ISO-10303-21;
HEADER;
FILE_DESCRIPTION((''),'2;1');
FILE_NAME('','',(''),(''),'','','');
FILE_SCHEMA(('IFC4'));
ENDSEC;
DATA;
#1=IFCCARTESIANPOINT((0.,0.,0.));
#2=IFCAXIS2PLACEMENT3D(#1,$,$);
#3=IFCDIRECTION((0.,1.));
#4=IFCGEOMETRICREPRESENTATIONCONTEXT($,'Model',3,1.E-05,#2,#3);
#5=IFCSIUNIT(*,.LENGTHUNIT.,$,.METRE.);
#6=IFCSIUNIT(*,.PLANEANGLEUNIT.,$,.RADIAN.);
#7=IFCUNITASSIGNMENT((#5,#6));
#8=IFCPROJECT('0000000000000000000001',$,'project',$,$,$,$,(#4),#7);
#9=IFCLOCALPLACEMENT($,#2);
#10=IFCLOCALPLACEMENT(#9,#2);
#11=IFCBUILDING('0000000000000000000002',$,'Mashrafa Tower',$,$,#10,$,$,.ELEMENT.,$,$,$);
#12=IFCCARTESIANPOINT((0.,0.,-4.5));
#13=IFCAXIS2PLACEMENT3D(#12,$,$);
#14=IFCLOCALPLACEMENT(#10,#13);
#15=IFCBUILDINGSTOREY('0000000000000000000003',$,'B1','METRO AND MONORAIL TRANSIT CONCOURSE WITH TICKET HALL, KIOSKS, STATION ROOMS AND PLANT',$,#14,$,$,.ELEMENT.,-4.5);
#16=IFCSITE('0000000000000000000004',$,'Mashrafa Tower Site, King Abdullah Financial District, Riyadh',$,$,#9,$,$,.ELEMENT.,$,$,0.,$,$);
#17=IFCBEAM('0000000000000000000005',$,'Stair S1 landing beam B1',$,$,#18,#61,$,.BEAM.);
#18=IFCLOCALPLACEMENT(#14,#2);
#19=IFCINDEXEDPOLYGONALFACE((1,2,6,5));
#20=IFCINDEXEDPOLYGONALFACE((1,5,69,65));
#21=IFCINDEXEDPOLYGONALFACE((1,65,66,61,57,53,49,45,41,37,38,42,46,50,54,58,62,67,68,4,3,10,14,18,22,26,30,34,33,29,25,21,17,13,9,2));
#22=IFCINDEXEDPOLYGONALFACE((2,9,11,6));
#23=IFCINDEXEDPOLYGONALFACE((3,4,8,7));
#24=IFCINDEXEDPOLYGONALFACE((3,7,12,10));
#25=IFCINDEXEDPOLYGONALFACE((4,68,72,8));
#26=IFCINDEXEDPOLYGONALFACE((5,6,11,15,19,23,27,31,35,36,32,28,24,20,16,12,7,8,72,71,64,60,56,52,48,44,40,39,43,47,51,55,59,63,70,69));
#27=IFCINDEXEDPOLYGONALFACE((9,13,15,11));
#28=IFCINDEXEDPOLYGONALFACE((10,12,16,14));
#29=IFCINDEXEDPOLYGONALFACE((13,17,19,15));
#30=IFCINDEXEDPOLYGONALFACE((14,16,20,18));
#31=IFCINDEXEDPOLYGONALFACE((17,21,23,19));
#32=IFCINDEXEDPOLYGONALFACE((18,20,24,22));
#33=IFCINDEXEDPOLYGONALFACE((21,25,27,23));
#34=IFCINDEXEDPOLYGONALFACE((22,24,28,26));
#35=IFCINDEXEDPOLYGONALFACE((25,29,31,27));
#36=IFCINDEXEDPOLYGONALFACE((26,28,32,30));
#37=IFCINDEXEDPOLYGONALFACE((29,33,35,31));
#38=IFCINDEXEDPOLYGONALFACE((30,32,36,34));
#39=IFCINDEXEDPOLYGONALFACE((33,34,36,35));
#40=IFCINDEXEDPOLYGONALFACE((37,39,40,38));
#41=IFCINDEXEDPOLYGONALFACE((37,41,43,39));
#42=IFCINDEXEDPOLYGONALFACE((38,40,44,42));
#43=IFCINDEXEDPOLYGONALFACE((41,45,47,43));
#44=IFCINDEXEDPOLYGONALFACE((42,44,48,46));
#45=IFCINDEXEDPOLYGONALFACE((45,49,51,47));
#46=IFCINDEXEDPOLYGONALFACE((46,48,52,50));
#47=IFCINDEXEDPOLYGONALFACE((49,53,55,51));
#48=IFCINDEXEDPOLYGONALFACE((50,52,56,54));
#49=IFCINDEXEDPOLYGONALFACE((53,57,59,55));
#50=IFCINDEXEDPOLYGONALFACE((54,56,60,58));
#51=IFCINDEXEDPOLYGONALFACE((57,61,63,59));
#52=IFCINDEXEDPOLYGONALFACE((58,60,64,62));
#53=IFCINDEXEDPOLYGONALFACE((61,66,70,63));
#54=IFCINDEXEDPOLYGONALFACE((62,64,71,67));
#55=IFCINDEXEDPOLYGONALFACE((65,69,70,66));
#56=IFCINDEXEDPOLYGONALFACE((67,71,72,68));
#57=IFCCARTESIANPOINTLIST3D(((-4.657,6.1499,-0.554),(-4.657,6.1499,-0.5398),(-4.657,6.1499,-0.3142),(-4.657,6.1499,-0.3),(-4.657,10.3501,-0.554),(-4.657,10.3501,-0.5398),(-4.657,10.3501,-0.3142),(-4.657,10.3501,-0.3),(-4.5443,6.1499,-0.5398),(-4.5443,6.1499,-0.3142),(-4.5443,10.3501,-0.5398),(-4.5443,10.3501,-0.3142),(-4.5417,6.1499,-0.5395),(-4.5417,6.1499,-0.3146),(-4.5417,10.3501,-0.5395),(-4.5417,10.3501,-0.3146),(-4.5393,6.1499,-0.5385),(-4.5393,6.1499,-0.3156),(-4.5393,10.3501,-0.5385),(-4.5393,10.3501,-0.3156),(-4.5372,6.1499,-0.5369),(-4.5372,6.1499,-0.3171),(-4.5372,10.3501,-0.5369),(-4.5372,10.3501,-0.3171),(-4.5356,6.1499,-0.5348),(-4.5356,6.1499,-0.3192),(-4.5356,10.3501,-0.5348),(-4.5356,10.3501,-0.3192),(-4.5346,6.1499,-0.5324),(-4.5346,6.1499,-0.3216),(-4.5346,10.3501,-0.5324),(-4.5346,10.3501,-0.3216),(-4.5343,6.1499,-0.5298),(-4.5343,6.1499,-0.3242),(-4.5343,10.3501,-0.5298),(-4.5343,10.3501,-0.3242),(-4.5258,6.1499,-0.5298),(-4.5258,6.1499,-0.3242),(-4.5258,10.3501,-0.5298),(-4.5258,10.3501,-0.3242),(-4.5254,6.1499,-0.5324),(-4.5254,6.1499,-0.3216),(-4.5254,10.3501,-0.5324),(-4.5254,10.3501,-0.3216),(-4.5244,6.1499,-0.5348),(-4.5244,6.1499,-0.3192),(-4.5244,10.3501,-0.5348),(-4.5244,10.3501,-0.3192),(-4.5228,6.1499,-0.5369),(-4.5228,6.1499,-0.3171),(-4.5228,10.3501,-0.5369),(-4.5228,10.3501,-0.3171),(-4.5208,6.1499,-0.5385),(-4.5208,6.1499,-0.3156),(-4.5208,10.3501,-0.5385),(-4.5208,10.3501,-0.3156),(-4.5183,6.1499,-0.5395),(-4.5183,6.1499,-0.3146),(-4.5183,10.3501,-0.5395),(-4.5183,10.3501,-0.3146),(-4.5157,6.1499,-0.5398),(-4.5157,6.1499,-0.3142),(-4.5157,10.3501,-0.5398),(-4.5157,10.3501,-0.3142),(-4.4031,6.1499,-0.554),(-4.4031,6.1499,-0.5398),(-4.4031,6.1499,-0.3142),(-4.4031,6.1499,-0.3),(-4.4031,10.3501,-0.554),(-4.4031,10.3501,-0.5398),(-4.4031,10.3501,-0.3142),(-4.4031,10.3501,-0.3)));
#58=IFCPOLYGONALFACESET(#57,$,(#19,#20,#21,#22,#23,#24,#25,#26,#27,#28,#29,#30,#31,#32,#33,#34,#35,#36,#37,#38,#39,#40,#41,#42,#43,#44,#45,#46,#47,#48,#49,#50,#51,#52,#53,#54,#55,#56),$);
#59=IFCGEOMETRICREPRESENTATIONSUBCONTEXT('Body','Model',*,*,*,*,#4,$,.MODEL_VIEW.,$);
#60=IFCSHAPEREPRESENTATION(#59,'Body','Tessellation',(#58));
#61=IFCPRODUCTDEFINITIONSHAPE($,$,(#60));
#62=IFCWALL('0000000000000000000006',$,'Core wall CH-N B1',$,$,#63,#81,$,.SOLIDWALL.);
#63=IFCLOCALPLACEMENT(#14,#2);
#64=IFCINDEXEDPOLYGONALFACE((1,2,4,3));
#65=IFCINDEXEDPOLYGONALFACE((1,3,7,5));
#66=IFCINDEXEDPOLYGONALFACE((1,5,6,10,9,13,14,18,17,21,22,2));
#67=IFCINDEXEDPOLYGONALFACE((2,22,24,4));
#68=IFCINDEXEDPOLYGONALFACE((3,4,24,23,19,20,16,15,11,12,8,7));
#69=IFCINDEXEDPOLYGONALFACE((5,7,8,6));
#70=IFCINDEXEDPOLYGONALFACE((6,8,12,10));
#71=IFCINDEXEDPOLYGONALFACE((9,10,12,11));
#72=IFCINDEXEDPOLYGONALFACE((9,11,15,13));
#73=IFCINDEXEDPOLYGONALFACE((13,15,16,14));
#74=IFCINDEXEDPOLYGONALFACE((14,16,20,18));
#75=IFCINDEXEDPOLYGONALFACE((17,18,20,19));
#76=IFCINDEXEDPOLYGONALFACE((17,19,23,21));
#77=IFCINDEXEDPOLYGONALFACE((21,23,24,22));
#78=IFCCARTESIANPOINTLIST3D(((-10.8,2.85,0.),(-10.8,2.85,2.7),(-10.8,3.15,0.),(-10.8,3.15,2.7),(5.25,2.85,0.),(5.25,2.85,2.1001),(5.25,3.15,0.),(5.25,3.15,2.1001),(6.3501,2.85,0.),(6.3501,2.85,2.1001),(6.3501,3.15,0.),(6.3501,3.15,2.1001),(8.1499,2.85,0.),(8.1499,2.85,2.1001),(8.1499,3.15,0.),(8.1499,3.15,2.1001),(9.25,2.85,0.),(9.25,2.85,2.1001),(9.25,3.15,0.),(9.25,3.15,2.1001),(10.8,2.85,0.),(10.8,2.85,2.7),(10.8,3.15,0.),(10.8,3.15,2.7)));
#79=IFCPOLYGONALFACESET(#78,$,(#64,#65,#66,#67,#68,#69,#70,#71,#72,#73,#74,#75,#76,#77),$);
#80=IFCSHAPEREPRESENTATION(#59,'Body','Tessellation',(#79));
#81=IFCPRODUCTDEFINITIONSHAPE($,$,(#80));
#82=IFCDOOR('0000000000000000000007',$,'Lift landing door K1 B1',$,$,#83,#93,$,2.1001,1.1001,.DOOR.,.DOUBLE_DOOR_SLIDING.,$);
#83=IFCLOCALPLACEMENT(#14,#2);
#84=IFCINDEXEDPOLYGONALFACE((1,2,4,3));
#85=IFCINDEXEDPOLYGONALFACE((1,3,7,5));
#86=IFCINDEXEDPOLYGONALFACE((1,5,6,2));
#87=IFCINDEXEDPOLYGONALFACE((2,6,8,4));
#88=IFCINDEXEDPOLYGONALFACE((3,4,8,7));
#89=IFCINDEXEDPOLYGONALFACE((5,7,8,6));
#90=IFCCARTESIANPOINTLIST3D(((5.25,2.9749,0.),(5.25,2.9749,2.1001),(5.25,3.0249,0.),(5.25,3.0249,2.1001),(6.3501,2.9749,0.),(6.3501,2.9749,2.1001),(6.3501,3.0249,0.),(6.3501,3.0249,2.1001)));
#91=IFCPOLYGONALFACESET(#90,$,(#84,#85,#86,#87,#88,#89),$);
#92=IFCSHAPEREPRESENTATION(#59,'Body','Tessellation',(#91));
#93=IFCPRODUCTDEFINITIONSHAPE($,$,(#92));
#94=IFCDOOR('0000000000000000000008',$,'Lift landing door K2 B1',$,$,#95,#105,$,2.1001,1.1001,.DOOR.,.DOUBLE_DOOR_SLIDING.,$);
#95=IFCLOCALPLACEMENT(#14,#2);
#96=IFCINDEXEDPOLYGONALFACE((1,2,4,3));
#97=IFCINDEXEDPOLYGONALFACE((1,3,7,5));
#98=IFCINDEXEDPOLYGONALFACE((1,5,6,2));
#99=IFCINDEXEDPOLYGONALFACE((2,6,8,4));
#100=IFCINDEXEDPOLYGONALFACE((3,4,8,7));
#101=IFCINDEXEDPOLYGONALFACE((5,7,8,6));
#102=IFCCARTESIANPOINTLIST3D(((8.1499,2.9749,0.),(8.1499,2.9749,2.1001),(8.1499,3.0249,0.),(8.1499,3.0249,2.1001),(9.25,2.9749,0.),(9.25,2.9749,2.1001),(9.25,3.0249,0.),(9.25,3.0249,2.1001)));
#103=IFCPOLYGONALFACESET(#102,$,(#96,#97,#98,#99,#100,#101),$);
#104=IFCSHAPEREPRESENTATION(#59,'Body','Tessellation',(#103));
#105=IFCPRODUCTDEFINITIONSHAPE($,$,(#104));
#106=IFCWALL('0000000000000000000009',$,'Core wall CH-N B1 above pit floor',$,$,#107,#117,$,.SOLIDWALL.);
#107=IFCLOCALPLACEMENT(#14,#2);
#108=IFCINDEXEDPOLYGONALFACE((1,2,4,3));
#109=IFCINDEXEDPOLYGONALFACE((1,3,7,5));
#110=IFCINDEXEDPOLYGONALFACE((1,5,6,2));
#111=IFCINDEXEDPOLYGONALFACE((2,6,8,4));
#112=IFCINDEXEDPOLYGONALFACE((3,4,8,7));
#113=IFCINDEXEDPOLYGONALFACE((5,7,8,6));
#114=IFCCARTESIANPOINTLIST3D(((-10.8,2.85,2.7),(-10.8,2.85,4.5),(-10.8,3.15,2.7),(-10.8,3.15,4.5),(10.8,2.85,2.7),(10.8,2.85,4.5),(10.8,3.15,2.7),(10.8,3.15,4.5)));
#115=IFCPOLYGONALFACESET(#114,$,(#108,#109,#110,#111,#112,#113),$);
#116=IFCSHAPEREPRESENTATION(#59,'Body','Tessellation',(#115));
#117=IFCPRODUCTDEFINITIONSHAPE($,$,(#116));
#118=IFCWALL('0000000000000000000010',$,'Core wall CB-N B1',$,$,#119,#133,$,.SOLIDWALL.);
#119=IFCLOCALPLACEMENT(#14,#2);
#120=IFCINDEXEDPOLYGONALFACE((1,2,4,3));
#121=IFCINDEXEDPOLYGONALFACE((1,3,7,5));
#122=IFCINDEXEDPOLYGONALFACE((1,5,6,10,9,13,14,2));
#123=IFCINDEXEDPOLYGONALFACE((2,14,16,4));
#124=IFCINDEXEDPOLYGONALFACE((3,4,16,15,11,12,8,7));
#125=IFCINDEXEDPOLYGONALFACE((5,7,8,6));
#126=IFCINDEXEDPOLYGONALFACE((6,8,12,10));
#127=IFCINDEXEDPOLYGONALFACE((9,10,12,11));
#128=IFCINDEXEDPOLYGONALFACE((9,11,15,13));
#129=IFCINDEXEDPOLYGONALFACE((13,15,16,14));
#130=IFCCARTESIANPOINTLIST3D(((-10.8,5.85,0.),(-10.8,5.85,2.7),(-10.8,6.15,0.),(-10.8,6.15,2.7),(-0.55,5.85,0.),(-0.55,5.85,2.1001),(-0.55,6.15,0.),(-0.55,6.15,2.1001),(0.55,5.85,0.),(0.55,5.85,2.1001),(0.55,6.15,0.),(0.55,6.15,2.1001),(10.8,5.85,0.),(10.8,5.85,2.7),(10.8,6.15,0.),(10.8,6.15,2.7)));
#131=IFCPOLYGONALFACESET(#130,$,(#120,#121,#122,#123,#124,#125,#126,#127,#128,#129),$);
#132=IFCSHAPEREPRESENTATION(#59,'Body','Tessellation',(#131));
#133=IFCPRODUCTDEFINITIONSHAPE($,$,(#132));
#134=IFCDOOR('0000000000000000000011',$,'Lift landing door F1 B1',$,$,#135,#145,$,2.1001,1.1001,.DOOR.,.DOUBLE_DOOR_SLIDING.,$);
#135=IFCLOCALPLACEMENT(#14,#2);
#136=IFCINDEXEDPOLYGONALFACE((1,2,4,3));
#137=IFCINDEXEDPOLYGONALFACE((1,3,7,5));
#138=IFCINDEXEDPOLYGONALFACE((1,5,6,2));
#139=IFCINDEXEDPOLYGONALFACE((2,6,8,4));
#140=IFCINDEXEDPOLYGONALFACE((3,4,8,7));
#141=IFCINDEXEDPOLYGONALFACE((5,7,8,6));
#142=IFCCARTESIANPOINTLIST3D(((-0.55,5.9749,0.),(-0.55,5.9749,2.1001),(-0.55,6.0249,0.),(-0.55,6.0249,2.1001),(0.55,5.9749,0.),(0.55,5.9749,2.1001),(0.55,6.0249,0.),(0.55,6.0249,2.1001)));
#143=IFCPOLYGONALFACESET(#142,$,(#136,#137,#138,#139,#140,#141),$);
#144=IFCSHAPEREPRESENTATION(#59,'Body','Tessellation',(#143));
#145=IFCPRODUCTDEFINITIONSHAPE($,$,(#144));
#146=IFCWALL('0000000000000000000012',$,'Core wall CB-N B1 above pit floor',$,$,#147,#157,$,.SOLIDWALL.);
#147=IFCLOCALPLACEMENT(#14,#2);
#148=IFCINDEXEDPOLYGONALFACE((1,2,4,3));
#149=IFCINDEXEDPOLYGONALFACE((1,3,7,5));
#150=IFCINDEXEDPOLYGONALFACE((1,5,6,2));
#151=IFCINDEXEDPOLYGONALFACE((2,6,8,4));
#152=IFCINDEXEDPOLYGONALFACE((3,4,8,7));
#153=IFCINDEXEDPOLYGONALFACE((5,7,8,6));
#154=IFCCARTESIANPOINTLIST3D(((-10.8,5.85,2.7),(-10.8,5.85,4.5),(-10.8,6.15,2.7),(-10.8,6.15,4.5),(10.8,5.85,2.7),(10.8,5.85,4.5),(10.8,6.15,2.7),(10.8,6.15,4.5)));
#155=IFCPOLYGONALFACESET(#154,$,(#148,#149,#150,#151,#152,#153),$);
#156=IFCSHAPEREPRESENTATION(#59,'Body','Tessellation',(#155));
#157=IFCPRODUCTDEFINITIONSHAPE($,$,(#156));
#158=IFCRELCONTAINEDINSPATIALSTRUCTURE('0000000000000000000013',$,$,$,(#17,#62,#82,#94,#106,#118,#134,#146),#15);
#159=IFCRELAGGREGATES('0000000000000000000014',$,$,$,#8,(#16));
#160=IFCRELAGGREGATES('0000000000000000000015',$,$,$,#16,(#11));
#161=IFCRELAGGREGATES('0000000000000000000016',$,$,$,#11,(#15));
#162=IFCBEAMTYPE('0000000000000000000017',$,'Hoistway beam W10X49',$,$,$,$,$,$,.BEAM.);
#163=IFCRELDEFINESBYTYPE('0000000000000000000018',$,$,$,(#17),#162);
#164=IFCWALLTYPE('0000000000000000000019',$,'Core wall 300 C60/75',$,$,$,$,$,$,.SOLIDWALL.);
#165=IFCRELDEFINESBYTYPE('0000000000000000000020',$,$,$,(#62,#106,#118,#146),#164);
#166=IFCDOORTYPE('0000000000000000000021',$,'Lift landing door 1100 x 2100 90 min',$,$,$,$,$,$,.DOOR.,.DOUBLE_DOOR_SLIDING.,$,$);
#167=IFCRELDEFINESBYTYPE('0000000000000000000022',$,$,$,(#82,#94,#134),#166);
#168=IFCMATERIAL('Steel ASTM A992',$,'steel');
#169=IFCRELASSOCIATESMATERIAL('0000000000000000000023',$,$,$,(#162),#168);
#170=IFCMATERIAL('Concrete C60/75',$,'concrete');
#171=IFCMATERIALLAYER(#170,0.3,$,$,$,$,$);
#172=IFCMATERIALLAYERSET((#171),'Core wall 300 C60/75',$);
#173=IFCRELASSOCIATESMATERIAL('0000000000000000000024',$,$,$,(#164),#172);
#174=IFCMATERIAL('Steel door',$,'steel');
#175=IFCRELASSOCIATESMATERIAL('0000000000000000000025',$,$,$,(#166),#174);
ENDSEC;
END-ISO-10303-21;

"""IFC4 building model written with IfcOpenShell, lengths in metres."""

from ifc_helpers import new_model, si_unit, direction, frame, frame_2d, origin, origin_2d, place, context, subcontext, project, spatial, rectangle, i_section, extrude, material, layer, layer_set, material_profile, profile_set, type_object, element, fill, save


model = new_model("IFC4")

# Units and contexts
model_context = context("Model", 3, precision=1e-05, world=origin(), true_north=direction((0.0, 1.0)))
body_context = subcontext(model_context, "Body", "Model", "MODEL_VIEW")
ifc_project = project(units=[si_unit("LENGTHUNIT", "METRE"), si_unit("PLANEANGLEUNIT", "RADIAN")], contexts=[model_context])

# Site, building, storey
site_placement = place(None, origin())
site = spatial("IfcSite", under=ifc_project, at=site_placement, Name="Mashrafa Tower Site, King Abdullah Financial District, Riyadh", CompositionType="ELEMENT", RefElevation=0.0)
building_placement = place(site_placement, origin())
building = spatial("IfcBuilding", under=site, at=building_placement, Name="Mashrafa Tower", CompositionType="ELEMENT")
storey_placement = place(building_placement, frame((0.0, 0.0, -4.5)))
storey = spatial("IfcBuildingStorey", under=building, at=storey_placement, Name="B1", Description="METRO AND MONORAIL TRANSIT CONCOURSE WITH TICKET HALL, KIOSKS, STATION ROOMS AND PLANT", CompositionType="ELEMENT", Elevation=-4.5)

# Beam
ifc_material_1 = material(Name="Steel ASTM A992", Category="steel")
ifc_material_profile_1 = material_profile(ifc_material_1, i_section(OverallWidth=0.2539, OverallDepth=0.2539, WebThickness=0.0085, FlangeThickness=0.0142, FilletRadius=0.01, at=origin_2d()), Name="W10X49")
ifc_profile_set_1 = profile_set([ifc_material_profile_1], Name="Steel ASTM A992")
beam_type_1 = type_object("IfcBeamType", Name="Hoistway beam W10X49", PredefinedType="BEAM", material=ifc_profile_set_1)
beam_1_placement = place(storey_placement, frame((-4.53, 6.1499, -0.427), z_axis=(0.0, 1.0, 0.0), x_axis=(-1.0, 0.0, 0.0)))
element("IfcBeam", 1, at=beam_1_placement, inside=storey, type_object=beam_type_1, Name="Stair S1 landing beam B1", PredefinedType="BEAM", context=body_context, shape_type="SweptSolid", body=[
    extrude(i_section(OverallWidth=0.2539, OverallDepth=0.2539, WebThickness=0.0085, FlangeThickness=0.0142, FilletRadius=0.01, at=origin_2d()), origin(), (0.0, 0.0, 1.0), 4.2002),
])

# Wall, openings, doors
ifc_material_2 = material(Name="Concrete C60/75", Category="concrete")
ifc_layer_1 = layer(ifc_material_2, 0.3)
ifc_layer_set_1 = layer_set([ifc_layer_1], Name="Core wall 300 C60/75")
wall_type_1 = type_object("IfcWallType", Name="Core wall 300 C60/75", PredefinedType="SOLIDWALL", material=ifc_layer_set_1)
wall_1_placement = place(storey_placement, frame((-10.8, 3.0, 0.0), z_axis=(0.0, 0.0, 1.0), x_axis=(1.0, 0.0, 0.0)))
wall_1 = element("IfcWall", 2, at=wall_1_placement, inside=storey, type_object=wall_type_1, Name="Core wall CH-N B1", PredefinedType="SOLIDWALL", context=body_context, shape_type="SweptSolid", body=[
    extrude(rectangle(XDim=21.6001, YDim=0.3, at=frame_2d((10.8, 0.0))), origin(), (0.0, 0.0, 1.0), 2.7),
])
opening_1_placement = place(wall_1_placement, frame((16.05, 0.0, 0.0)))
opening_1 = element("IfcOpeningElement", 3, at=opening_1_placement, cuts=wall_1, PredefinedType="OPENING", context=body_context, shape_type="SweptSolid", body=[
    extrude(rectangle(XDim=1.1001, YDim=2.1001, at=frame_2d((0.55, 1.05))), frame((0.0, 0.1599, 0.0), z_axis=(0.0, -1.0, 0.0), x_axis=(1.0, 0.0, 0.0)), (0.0, 0.0, 1.0), 0.3201),
])
opening_2_placement = place(wall_1_placement, frame((18.95, 0.0, 0.0)))
opening_2 = element("IfcOpeningElement", 4, at=opening_2_placement, cuts=wall_1, PredefinedType="OPENING", context=body_context, shape_type="SweptSolid", body=[
    extrude(rectangle(XDim=1.1001, YDim=2.1001, at=frame_2d((0.55, 1.05))), frame((0.0, 0.1599, 0.0), z_axis=(0.0, -1.0, 0.0), x_axis=(1.0, 0.0, 0.0)), (0.0, 0.0, 1.0), 0.3201),
])
ifc_material_3 = material(Name="Steel door", Category="steel")
door_type_1 = type_object("IfcDoorType", Name="Lift landing door 1100 x 2100 90 min", OperationType="DOUBLE_DOOR_SLIDING", PredefinedType="DOOR", material=ifc_material_3)
door_1_placement = place(opening_1_placement, origin())
door_1 = element("IfcDoor", 5, at=door_1_placement, inside=storey, type_object=door_type_1, Name="Lift landing door K1 B1", OperationType="DOUBLE_DOOR_SLIDING", OverallHeight=2.1001, OverallWidth=1.1001, PredefinedType="DOOR", context=body_context, shape_type="SweptSolid", body=[
    extrude(rectangle(XDim=1.1001, YDim=2.1001, at=frame_2d((0.55, 1.05))), frame((0.0, 0.0249, 0.0), z_axis=(0.0, -1.0, 0.0), x_axis=(1.0, 0.0, 0.0)), (0.0, 0.0, 1.0), 0.05),
])
fill(opening_1, door_1)
door_2_placement = place(opening_2_placement, origin())
door_2 = element("IfcDoor", 6, at=door_2_placement, inside=storey, type_object=door_type_1, Name="Lift landing door K2 B1", OperationType="DOUBLE_DOOR_SLIDING", OverallHeight=2.1001, OverallWidth=1.1001, PredefinedType="DOOR", context=body_context, shape_type="SweptSolid", body=[
    extrude(rectangle(XDim=1.1001, YDim=2.1001, at=frame_2d((0.55, 1.05))), frame((0.0, 0.0249, 0.0), z_axis=(0.0, -1.0, 0.0), x_axis=(1.0, 0.0, 0.0)), (0.0, 0.0, 1.0), 0.05),
])
fill(opening_2, door_2)

# Wall
wall_2_placement = place(storey_placement, frame((-10.8, 3.0, 2.7), z_axis=(0.0, 0.0, 1.0), x_axis=(1.0, 0.0, 0.0)))
element("IfcWall", 7, at=wall_2_placement, inside=storey, type_object=wall_type_1, Name="Core wall CH-N B1 above pit floor", PredefinedType="SOLIDWALL", context=body_context, shape_type="SweptSolid", body=[
    extrude(rectangle(XDim=21.6001, YDim=0.3, at=frame_2d((10.8, 0.0))), origin(), (0.0, 0.0, 1.0), 1.8),
])

# Wall, opening, door
wall_3_placement = place(storey_placement, frame((-10.8, 6.0, 0.0), z_axis=(0.0, 0.0, 1.0), x_axis=(1.0, 0.0, 0.0)))
wall_3 = element("IfcWall", 8, at=wall_3_placement, inside=storey, type_object=wall_type_1, Name="Core wall CB-N B1", PredefinedType="SOLIDWALL", context=body_context, shape_type="SweptSolid", body=[
    extrude(rectangle(XDim=21.6001, YDim=0.3, at=frame_2d((10.8, 0.0))), origin(), (0.0, 0.0, 1.0), 2.7),
])
opening_3_placement = place(wall_3_placement, frame((10.25, 0.0, 0.0)))
opening_3 = element("IfcOpeningElement", 9, at=opening_3_placement, cuts=wall_3, PredefinedType="OPENING", context=body_context, shape_type="SweptSolid", body=[
    extrude(rectangle(XDim=1.1001, YDim=2.1001, at=frame_2d((0.55, 1.05))), frame((0.0, 0.1599, 0.0), z_axis=(0.0, -1.0, 0.0), x_axis=(1.0, 0.0, 0.0)), (0.0, 0.0, 1.0), 0.3201),
])
door_3_placement = place(opening_3_placement, origin())
door_3 = element("IfcDoor", 10, at=door_3_placement, inside=storey, type_object=door_type_1, Name="Lift landing door F1 B1", OperationType="DOUBLE_DOOR_SLIDING", OverallHeight=2.1001, OverallWidth=1.1001, PredefinedType="DOOR", context=body_context, shape_type="SweptSolid", body=[
    extrude(rectangle(XDim=1.1001, YDim=2.1001, at=frame_2d((0.55, 1.05))), frame((0.0, 0.0249, 0.0), z_axis=(0.0, -1.0, 0.0), x_axis=(1.0, 0.0, 0.0)), (0.0, 0.0, 1.0), 0.05),
])
fill(opening_3, door_3)

# Wall
wall_4_placement = place(storey_placement, frame((-10.8, 6.0, 2.7), z_axis=(0.0, 0.0, 1.0), x_axis=(1.0, 0.0, 0.0)))
element("IfcWall", 11, at=wall_4_placement, inside=storey, type_object=wall_type_1, Name="Core wall CB-N B1 above pit floor", PredefinedType="SOLIDWALL", context=body_context, shape_type="SweptSolid", body=[
    extrude(rectangle(XDim=21.6001, YDim=0.3, at=frame_2d((10.8, 0.0))), origin(), (0.0, 0.0, 1.0), 1.8),
])

save(model, "model.ifc")
